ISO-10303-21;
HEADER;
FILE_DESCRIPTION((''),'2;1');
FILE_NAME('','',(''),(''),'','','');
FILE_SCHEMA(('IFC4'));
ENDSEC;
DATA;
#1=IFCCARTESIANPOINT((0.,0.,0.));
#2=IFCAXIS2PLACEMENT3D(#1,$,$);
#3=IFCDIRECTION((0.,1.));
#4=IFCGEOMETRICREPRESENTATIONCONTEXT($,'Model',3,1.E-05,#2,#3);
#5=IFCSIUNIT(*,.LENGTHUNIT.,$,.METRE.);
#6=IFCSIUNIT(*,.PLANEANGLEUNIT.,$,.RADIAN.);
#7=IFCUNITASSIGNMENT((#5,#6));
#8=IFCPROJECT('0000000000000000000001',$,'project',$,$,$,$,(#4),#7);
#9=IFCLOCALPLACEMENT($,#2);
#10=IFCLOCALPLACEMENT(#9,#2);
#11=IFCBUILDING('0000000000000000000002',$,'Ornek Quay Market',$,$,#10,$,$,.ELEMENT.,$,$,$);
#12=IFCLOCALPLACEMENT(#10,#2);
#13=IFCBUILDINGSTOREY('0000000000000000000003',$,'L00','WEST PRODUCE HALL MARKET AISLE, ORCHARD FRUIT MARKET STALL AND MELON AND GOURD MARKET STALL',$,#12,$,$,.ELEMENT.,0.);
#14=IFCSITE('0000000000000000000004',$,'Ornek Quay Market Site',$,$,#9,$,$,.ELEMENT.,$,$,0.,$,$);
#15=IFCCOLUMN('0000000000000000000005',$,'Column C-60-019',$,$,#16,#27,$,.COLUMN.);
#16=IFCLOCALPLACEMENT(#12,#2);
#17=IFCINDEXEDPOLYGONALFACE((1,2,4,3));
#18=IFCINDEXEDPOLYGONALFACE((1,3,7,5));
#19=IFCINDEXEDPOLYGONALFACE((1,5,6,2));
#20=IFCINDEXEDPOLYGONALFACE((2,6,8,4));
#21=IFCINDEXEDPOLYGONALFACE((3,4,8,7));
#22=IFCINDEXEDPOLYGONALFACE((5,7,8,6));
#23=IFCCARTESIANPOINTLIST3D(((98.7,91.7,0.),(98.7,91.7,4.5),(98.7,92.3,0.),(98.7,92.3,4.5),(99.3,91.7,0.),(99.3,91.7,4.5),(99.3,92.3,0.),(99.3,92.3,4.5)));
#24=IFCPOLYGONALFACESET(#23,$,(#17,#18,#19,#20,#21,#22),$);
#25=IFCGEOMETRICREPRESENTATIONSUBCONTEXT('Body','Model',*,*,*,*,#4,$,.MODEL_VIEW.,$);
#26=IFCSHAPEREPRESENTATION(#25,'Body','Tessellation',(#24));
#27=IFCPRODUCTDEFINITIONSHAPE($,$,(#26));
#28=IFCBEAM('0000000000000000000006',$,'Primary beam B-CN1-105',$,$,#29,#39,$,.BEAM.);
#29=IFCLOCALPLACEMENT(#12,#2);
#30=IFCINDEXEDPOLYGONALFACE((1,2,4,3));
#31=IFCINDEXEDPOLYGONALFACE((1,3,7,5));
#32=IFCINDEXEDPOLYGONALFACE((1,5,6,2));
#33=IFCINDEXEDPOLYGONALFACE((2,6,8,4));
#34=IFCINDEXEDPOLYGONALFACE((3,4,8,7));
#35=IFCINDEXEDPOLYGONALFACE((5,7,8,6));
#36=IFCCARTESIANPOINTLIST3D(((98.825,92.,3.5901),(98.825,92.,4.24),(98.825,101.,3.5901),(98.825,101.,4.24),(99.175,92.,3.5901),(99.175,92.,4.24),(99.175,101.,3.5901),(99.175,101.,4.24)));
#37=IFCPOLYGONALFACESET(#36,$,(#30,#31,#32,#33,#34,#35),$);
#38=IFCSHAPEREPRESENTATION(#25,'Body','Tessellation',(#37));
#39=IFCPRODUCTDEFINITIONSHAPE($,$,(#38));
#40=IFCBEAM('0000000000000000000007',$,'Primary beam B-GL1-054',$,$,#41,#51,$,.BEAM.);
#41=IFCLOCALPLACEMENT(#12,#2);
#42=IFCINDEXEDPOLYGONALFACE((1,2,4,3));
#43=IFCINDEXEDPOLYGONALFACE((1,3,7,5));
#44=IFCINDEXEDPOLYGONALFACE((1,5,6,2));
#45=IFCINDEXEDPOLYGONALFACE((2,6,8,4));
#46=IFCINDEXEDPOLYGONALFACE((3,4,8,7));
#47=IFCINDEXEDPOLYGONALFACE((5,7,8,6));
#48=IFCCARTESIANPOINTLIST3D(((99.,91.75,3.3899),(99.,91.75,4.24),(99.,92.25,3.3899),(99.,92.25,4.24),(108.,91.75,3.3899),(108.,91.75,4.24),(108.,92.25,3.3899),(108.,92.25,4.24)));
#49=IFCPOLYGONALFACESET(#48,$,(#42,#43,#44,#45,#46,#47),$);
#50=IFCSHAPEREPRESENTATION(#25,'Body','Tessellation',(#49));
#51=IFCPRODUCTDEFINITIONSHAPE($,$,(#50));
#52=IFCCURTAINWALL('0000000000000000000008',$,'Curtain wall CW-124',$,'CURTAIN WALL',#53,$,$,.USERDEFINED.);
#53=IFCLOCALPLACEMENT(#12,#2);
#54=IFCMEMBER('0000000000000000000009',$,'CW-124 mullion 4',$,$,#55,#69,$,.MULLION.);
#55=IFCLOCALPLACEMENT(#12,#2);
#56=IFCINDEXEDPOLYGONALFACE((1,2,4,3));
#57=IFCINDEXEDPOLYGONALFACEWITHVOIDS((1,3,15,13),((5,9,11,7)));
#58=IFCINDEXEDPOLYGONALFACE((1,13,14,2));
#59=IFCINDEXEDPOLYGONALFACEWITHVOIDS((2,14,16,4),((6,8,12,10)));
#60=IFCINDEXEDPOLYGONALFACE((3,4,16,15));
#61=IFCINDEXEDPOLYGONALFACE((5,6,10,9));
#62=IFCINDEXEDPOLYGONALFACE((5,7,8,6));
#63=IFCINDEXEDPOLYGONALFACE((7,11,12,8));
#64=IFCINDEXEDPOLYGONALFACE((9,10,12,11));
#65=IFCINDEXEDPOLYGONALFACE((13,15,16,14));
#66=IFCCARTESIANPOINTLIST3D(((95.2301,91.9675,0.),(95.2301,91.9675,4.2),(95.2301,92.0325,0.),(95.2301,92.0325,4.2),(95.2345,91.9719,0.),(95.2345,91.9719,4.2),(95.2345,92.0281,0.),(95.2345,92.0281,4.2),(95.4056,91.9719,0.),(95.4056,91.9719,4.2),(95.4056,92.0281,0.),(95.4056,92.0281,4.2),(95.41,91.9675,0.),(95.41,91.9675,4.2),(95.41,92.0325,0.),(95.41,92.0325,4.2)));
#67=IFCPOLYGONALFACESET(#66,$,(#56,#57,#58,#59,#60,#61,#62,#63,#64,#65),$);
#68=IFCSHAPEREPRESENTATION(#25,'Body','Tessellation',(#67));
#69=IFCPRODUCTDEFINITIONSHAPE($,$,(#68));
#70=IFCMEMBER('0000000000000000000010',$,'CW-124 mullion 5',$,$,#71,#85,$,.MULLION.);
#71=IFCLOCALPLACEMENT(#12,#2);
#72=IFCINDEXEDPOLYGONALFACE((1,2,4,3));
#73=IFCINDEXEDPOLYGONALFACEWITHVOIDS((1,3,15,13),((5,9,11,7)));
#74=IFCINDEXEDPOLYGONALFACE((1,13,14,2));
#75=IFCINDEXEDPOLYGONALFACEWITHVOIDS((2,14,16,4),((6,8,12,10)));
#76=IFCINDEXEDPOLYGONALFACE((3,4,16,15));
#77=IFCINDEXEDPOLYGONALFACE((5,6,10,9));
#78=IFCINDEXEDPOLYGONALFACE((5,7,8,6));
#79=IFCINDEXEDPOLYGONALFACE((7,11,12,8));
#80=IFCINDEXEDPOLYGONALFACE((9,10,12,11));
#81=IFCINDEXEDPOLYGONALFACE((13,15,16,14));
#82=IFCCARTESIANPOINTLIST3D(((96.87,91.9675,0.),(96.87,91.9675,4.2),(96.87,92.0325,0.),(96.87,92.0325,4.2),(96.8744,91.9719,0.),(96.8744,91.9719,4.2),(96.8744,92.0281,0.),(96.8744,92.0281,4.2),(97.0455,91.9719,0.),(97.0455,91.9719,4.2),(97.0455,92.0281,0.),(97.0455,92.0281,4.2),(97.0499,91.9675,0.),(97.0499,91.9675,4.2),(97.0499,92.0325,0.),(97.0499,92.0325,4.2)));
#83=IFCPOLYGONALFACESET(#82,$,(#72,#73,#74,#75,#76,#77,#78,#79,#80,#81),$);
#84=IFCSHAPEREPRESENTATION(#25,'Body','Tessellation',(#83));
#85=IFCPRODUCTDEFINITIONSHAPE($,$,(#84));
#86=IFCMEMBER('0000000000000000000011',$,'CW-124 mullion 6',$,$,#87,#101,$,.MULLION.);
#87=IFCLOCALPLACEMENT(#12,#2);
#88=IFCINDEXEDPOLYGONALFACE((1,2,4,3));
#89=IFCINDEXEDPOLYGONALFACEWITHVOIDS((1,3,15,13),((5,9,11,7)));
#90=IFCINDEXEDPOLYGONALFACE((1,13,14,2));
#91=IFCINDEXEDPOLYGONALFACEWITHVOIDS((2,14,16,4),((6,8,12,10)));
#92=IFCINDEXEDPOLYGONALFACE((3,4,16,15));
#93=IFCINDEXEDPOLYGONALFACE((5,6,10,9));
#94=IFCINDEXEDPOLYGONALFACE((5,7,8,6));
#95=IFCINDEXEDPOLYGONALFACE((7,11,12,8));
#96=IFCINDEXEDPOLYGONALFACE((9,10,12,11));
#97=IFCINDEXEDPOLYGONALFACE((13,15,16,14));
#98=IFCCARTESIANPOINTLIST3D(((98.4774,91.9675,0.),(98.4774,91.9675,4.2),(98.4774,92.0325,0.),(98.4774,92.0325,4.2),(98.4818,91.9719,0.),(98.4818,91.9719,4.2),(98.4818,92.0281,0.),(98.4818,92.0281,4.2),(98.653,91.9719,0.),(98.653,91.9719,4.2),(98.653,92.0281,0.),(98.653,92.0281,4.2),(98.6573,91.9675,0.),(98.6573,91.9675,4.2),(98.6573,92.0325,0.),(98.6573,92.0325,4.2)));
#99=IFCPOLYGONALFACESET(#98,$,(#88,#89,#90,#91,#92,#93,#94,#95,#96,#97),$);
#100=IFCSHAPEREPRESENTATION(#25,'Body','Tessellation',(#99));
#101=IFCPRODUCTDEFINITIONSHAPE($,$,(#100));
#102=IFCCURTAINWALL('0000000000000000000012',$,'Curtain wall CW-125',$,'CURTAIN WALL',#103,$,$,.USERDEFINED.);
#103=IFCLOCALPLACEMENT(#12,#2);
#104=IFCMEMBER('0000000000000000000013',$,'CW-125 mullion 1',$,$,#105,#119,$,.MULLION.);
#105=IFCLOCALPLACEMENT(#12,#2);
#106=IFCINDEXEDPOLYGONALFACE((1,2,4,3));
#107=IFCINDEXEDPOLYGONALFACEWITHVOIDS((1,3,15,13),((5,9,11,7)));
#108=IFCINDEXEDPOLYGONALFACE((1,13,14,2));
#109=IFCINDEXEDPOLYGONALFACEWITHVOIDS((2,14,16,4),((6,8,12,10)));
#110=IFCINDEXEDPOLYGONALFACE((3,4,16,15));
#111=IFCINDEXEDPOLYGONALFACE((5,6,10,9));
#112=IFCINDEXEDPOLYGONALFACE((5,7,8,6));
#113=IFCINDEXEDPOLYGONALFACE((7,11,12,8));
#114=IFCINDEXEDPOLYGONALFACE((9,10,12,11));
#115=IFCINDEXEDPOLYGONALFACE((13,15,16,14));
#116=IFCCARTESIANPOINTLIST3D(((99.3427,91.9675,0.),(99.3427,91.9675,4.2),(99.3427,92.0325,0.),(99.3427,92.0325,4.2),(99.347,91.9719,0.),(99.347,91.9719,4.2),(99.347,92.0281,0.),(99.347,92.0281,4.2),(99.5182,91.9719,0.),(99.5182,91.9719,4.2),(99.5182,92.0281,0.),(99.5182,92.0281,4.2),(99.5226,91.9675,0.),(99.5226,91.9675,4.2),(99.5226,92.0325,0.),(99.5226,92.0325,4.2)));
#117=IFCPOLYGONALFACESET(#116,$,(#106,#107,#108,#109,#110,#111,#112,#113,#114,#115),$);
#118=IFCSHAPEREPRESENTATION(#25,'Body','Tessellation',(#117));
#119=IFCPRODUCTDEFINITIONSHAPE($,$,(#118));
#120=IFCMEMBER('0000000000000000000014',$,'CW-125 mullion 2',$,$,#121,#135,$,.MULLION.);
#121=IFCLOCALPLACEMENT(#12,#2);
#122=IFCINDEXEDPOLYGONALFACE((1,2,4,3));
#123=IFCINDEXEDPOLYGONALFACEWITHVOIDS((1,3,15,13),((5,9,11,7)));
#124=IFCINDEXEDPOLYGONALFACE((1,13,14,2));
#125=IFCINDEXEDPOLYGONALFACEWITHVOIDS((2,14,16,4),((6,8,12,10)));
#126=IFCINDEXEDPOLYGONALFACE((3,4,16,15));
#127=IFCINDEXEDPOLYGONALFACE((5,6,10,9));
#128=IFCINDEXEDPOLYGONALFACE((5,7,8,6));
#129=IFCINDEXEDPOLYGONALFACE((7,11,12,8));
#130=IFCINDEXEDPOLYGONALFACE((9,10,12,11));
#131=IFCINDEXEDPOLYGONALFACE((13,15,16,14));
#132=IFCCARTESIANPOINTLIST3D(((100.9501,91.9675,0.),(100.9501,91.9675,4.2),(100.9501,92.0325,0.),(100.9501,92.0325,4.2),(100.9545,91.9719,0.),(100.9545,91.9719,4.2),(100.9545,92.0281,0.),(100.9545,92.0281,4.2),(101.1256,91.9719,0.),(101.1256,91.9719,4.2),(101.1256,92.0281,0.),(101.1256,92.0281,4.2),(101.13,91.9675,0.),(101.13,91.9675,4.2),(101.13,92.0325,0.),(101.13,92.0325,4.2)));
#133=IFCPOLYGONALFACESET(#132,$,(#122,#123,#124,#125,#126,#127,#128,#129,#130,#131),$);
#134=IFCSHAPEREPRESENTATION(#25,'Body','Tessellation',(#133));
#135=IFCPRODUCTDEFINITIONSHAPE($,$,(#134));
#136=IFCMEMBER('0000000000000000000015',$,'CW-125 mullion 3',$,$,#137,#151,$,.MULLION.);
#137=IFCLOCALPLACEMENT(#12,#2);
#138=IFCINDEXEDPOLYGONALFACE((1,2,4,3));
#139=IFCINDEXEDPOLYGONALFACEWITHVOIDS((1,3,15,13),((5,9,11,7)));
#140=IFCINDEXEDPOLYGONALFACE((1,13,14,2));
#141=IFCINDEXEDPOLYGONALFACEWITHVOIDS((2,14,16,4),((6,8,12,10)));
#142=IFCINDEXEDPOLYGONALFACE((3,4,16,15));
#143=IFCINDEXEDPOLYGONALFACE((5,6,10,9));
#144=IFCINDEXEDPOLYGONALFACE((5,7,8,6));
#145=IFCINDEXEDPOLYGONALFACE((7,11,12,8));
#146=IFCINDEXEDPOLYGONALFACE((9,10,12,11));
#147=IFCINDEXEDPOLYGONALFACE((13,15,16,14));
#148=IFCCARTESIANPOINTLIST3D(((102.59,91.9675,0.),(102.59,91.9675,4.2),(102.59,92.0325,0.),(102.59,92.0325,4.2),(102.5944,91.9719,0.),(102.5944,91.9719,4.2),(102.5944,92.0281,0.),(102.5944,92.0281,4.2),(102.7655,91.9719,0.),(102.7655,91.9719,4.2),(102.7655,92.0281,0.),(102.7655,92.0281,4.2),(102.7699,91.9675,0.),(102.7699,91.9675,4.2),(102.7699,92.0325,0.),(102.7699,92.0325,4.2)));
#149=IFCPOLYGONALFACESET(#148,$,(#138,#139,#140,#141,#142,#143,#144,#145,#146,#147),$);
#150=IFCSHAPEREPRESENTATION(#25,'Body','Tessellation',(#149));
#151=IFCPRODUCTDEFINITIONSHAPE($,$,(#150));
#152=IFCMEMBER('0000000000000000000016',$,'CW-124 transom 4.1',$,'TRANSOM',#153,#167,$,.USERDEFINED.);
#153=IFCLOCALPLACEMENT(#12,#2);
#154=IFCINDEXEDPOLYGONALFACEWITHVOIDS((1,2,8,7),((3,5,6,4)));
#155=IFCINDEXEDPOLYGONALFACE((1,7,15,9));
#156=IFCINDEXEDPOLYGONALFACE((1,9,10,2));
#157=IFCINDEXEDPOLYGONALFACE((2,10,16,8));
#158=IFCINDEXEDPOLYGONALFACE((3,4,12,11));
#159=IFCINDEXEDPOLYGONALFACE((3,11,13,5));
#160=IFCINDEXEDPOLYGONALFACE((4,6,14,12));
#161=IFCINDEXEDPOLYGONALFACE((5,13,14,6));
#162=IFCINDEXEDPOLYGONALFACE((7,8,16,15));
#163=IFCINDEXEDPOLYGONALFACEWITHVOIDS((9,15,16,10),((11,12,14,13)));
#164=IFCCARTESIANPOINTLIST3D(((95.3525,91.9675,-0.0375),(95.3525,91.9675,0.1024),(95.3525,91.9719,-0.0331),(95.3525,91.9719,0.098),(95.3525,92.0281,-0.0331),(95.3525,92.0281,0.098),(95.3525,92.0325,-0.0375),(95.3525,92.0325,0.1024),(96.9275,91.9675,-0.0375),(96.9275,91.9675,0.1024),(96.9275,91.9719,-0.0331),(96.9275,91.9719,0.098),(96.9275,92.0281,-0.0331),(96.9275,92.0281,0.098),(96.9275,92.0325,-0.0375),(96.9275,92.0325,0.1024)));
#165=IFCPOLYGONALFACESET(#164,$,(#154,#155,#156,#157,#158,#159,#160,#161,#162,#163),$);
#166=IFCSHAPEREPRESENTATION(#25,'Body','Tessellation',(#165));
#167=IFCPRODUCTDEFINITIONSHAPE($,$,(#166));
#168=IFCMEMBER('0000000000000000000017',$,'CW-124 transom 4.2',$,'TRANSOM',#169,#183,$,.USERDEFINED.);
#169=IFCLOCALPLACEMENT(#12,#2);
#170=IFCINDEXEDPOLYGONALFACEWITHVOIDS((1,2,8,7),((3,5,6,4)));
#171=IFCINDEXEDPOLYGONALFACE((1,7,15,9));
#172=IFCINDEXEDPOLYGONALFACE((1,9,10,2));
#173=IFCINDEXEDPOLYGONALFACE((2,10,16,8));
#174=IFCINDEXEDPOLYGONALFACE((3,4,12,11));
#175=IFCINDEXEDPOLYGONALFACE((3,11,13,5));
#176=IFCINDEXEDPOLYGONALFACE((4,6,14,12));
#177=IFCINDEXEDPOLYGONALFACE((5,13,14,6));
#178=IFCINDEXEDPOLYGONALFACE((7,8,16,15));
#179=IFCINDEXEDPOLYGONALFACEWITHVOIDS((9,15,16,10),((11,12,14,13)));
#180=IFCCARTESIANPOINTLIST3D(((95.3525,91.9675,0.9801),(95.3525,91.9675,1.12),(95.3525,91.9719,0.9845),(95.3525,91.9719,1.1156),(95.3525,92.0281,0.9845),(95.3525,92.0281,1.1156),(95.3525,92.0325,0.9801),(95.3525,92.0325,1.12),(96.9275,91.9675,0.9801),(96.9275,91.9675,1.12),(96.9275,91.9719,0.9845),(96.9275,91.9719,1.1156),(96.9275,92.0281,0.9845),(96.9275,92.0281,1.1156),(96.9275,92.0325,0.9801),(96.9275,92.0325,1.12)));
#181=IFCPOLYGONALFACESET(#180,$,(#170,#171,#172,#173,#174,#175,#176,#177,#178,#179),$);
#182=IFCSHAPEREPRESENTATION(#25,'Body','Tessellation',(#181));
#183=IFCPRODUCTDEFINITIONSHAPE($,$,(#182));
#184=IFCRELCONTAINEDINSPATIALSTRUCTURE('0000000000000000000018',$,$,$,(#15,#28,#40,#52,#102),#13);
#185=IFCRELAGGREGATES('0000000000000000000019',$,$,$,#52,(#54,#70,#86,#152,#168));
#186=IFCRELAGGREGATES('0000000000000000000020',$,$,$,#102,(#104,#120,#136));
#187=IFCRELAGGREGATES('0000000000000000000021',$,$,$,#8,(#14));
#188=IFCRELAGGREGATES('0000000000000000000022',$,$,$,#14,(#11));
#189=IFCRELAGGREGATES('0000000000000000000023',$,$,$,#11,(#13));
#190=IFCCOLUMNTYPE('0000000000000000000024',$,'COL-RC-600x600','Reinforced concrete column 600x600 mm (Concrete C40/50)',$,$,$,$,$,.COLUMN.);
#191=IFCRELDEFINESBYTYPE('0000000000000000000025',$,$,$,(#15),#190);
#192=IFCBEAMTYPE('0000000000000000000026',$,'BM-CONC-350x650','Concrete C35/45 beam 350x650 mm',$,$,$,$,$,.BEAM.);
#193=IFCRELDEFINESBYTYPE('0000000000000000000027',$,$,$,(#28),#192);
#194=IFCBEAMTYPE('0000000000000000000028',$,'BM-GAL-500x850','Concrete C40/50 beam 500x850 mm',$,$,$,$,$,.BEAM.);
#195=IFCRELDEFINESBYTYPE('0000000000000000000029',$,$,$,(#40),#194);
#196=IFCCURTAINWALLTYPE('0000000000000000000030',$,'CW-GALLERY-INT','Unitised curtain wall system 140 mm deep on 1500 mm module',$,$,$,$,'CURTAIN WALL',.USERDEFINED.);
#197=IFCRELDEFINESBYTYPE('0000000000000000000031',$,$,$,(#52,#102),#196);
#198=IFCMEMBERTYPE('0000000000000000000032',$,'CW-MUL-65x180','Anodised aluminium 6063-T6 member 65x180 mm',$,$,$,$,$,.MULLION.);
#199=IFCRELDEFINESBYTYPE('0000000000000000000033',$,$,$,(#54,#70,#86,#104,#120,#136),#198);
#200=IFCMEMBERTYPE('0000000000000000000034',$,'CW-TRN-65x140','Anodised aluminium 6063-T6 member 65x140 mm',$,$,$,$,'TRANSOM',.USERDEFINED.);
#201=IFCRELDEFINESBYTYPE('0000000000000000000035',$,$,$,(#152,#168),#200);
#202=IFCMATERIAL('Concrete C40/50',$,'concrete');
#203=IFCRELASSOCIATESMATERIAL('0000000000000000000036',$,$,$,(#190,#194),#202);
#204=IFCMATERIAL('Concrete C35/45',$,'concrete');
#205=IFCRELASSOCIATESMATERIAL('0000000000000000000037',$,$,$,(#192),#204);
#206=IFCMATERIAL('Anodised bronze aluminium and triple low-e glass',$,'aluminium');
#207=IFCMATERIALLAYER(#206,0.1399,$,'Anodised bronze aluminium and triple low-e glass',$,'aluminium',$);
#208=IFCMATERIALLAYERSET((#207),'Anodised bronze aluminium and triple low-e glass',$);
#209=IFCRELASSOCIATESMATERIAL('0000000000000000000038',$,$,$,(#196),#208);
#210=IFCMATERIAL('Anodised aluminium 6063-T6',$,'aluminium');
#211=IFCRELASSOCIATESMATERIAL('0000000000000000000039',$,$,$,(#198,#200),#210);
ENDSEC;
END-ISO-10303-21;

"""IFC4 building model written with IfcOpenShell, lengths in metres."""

from ifc_helpers import new_model, si_unit, direction, frame, origin, origin_2d, place, context, subcontext, project, spatial, rectangle, hollow_rectangle, extrude, material, layer, layer_set, material_profile, profile_set, type_object, element, aggregate, save


model = new_model("IFC4")

# Units and contexts
model_context = context("Model", 3, precision=1e-05, world=origin(), true_north=direction((0.0, 1.0)))
body_context = subcontext(model_context, "Body", "Model", "MODEL_VIEW")
ifc_project = project(units=[si_unit("LENGTHUNIT", "METRE"), si_unit("PLANEANGLEUNIT", "RADIAN")], contexts=[model_context])

# Site, building, storey
site_placement = place(None, origin())
site = spatial("IfcSite", under=ifc_project, at=site_placement, Name="Ornek Quay Market Site", CompositionType="ELEMENT", RefElevation=0.0)
building_placement = place(site_placement, origin())
building = spatial("IfcBuilding", under=site, at=building_placement, Name="Ornek Quay Market", CompositionType="ELEMENT")
storey_placement = place(building_placement, origin())
storey = spatial("IfcBuildingStorey", under=building, at=storey_placement, Name="L00", Description="WEST PRODUCE HALL MARKET AISLE, ORCHARD FRUIT MARKET STALL AND MELON AND GOURD MARKET STALL", CompositionType="ELEMENT", Elevation=0.0)

# Column
ifc_material_1 = material(Name="Concrete C40/50", Category="concrete")
ifc_material_profile_1 = material_profile(ifc_material_1, rectangle(XDim=0.6001, YDim=0.6001, at=origin_2d()), Name="RC 600x600", Category="concrete")
ifc_profile_set_1 = profile_set([ifc_material_profile_1], Name="Concrete C40/50")
column_type = type_object("IfcColumnType", Name="COL-RC-600x600", Description="Reinforced concrete column 600x600 mm (Concrete C40/50)", PredefinedType="COLUMN", material=ifc_profile_set_1)
column_placement = place(storey_placement, frame((99.0, 92.0, 0.0), z_axis=(0.0, 0.0, 1.0), x_axis=(1.0, 0.0, 0.0)))
element("IfcColumn", 1, at=column_placement, inside=storey, type_object=column_type, Name="Column C-60-019", PredefinedType="COLUMN", context=body_context, shape_type="SweptSolid", body=[
    extrude(rectangle(XDim=0.6001, YDim=0.6001, at=origin_2d()), origin(), (0.0, 0.0, 1.0), 4.5),
])

# Beams
ifc_material_2 = material(Name="Concrete C35/45", Category="concrete")
ifc_material_profile_2 = material_profile(ifc_material_2, rectangle(XDim=0.3501, YDim=0.6499, at=origin_2d()), Name="RC 350x650", Category="concrete")
ifc_profile_set_2 = profile_set([ifc_material_profile_2], Name="Concrete C35/45")
beam_type_1 = type_object("IfcBeamType", Name="BM-CONC-350x650", Description="Concrete C35/45 beam 350x650 mm", PredefinedType="BEAM", material=ifc_profile_set_2)
beam_1_placement = place(storey_placement, frame((99.0, 92.0, 3.915), z_axis=(0.0, 1.0, 0.0), x_axis=(-1.0, 0.0, 0.0)))
element("IfcBeam", 2, at=beam_1_placement, inside=storey, type_object=beam_type_1, Name="Primary beam B-CN1-105", PredefinedType="BEAM", context=body_context, shape_type="SweptSolid", body=[
    extrude(rectangle(XDim=0.3501, YDim=0.6499, at=origin_2d()), origin(), (0.0, 0.0, 1.0), 9.0),
])
ifc_material_profile_3 = material_profile(ifc_material_1, rectangle(XDim=0.5, YDim=0.8501, at=origin_2d()), Name="RC 500x850", Category="concrete")
ifc_profile_set_3 = profile_set([ifc_material_profile_3], Name="Concrete C40/50")
beam_type_2 = type_object("IfcBeamType", Name="BM-GAL-500x850", Description="Concrete C40/50 beam 500x850 mm", PredefinedType="BEAM", material=ifc_profile_set_3)
beam_2_placement = place(storey_placement, frame((99.0, 92.0, 3.8149), z_axis=(1.0, 0.0, 0.0), x_axis=(0.0, 1.0, 0.0)))
element("IfcBeam", 3, at=beam_2_placement, inside=storey, type_object=beam_type_2, Name="Primary beam B-GL1-054", PredefinedType="BEAM", context=body_context, shape_type="SweptSolid", body=[
    extrude(rectangle(XDim=0.5, YDim=0.8501, at=origin_2d()), origin(), (0.0, 0.0, 1.0), 9.0),
])

# Curtain walls, members
ifc_material_3 = material(Name="Anodised bronze aluminium and triple low-e glass", Category="aluminium")
ifc_layer_1 = layer(ifc_material_3, 0.1399, Name="Anodised bronze aluminium and triple low-e glass", Category="aluminium")
ifc_layer_set_1 = layer_set([ifc_layer_1], Name="Anodised bronze aluminium and triple low-e glass")
curtain_wall_type = type_object("IfcCurtainWallType", Name="CW-GALLERY-INT", Description="Unitised curtain wall system 140 mm deep on 1500 mm module", ElementType="CURTAIN WALL", PredefinedType="USERDEFINED", material=ifc_layer_set_1)
curtain_wall_1_placement = place(storey_placement, origin())
curtain_wall_1 = element("IfcCurtainWall", 4, at=curtain_wall_1_placement, inside=storey, type_object=curtain_wall_type, Name="Curtain wall CW-124", ObjectType="CURTAIN WALL", PredefinedType="USERDEFINED")
ifc_material_4 = material(Name="Anodised aluminium 6063-T6", Category="aluminium")
ifc_material_profile_4 = material_profile(ifc_material_4, hollow_rectangle(XDim=0.0649, YDim=0.1799, WallThickness=0.0044, at=origin_2d()), Name="CW-MUL-65x180", Category="aluminium")
ifc_profile_set_4 = profile_set([ifc_material_profile_4], Name="Anodised aluminium 6063-T6")
member_type_1 = type_object("IfcMemberType", Name="CW-MUL-65x180", Description="Anodised aluminium 6063-T6 member 65x180 mm", PredefinedType="MULLION", material=ifc_profile_set_4)
member_1_placement = place(storey_placement, frame((95.3201, 92.0, 0.0), z_axis=(0.0, 0.0, 1.0), x_axis=(0.0, 1.0, 0.0)))
member_1 = element("IfcMember", 5, at=member_1_placement, type_object=member_type_1, Name="CW-124 mullion 4", PredefinedType="MULLION", context=body_context, shape_type="SweptSolid", body=[
    extrude(hollow_rectangle(XDim=0.0649, YDim=0.1799, WallThickness=0.0044, at=origin_2d()), origin(), (0.0, 0.0, 1.0), 4.2),
])
member_2_placement = place(storey_placement, frame((96.96, 92.0, 0.0), z_axis=(0.0, 0.0, 1.0), x_axis=(0.0, 1.0, 0.0)))
member_2 = element("IfcMember", 6, at=member_2_placement, type_object=member_type_1, Name="CW-124 mullion 5", PredefinedType="MULLION", context=body_context, shape_type="SweptSolid", body=[
    extrude(hollow_rectangle(XDim=0.0649, YDim=0.1799, WallThickness=0.0044, at=origin_2d()), origin(), (0.0, 0.0, 1.0), 4.2),
])
member_3_placement = place(storey_placement, frame((98.5674, 92.0, 0.0), z_axis=(0.0, 0.0, 1.0), x_axis=(0.0, 1.0, 0.0)))
member_3 = element("IfcMember", 7, at=member_3_placement, type_object=member_type_1, Name="CW-124 mullion 6", PredefinedType="MULLION", context=body_context, shape_type="SweptSolid", body=[
    extrude(hollow_rectangle(XDim=0.0649, YDim=0.1799, WallThickness=0.0044, at=origin_2d()), origin(), (0.0, 0.0, 1.0), 4.2),
])
curtain_wall_2_placement = place(storey_placement, origin())
curtain_wall_2 = element("IfcCurtainWall", 8, at=curtain_wall_2_placement, inside=storey, type_object=curtain_wall_type, Name="Curtain wall CW-125", ObjectType="CURTAIN WALL", PredefinedType="USERDEFINED")
member_4_placement = place(storey_placement, frame((99.4326, 92.0, 0.0), z_axis=(0.0, 0.0, 1.0), x_axis=(0.0, 1.0, 0.0)))
member_4 = element("IfcMember", 9, at=member_4_placement, type_object=member_type_1, Name="CW-125 mullion 1", PredefinedType="MULLION", context=body_context, shape_type="SweptSolid", body=[
    extrude(hollow_rectangle(XDim=0.0649, YDim=0.1799, WallThickness=0.0044, at=origin_2d()), origin(), (0.0, 0.0, 1.0), 4.2),
])
member_5_placement = place(storey_placement, frame((101.04, 92.0, 0.0), z_axis=(0.0, 0.0, 1.0), x_axis=(0.0, 1.0, 0.0)))
member_5 = element("IfcMember", 10, at=member_5_placement, type_object=member_type_1, Name="CW-125 mullion 2", PredefinedType="MULLION", context=body_context, shape_type="SweptSolid", body=[
    extrude(hollow_rectangle(XDim=0.0649, YDim=0.1799, WallThickness=0.0044, at=origin_2d()), origin(), (0.0, 0.0, 1.0), 4.2),
])
member_6_placement = place(storey_placement, frame((102.6799, 92.0, 0.0), z_axis=(0.0, 0.0, 1.0), x_axis=(0.0, 1.0, 0.0)))
member_6 = element("IfcMember", 11, at=member_6_placement, type_object=member_type_1, Name="CW-125 mullion 3", PredefinedType="MULLION", context=body_context, shape_type="SweptSolid", body=[
    extrude(hollow_rectangle(XDim=0.0649, YDim=0.1799, WallThickness=0.0044, at=origin_2d()), origin(), (0.0, 0.0, 1.0), 4.2),
])

# Members
ifc_material_profile_5 = material_profile(ifc_material_4, hollow_rectangle(XDim=0.0649, YDim=0.1399, WallThickness=0.0044, at=origin_2d()), Name="CW-TRN-65x140", Category="aluminium")
ifc_profile_set_5 = profile_set([ifc_material_profile_5], Name="Anodised aluminium 6063-T6")
member_type_2 = type_object("IfcMemberType", Name="CW-TRN-65x140", Description="Anodised aluminium 6063-T6 member 65x140 mm", ElementType="TRANSOM", PredefinedType="USERDEFINED", material=ifc_profile_set_5)
member_7_placement = place(storey_placement, frame((95.3525, 92.0, 0.0325), z_axis=(1.0, 0.0, 0.0), x_axis=(0.0, 1.0, 0.0)))
member_7 = element("IfcMember", 12, at=member_7_placement, type_object=member_type_2, Name="CW-124 transom 4.1", ObjectType="TRANSOM", PredefinedType="USERDEFINED", context=body_context, shape_type="SweptSolid", body=[
    extrude(hollow_rectangle(XDim=0.0649, YDim=0.1399, WallThickness=0.0044, at=origin_2d()), origin(), (0.0, 0.0, 1.0), 1.575),
])
member_8_placement = place(storey_placement, frame((95.3525, 92.0, 1.05), z_axis=(1.0, 0.0, 0.0), x_axis=(0.0, 1.0, 0.0)))
member_8 = element("IfcMember", 13, at=member_8_placement, type_object=member_type_2, Name="CW-124 transom 4.2", ObjectType="TRANSOM", PredefinedType="USERDEFINED", context=body_context, shape_type="SweptSolid", body=[
    extrude(hollow_rectangle(XDim=0.0649, YDim=0.1399, WallThickness=0.0044, at=origin_2d()), origin(), (0.0, 0.0, 1.0), 1.575),
])

aggregate(curtain_wall_1, [member_1, member_2, member_3, member_7, member_8])
aggregate(curtain_wall_2, [member_4, member_5, member_6])

save(model, "model.ifc")
